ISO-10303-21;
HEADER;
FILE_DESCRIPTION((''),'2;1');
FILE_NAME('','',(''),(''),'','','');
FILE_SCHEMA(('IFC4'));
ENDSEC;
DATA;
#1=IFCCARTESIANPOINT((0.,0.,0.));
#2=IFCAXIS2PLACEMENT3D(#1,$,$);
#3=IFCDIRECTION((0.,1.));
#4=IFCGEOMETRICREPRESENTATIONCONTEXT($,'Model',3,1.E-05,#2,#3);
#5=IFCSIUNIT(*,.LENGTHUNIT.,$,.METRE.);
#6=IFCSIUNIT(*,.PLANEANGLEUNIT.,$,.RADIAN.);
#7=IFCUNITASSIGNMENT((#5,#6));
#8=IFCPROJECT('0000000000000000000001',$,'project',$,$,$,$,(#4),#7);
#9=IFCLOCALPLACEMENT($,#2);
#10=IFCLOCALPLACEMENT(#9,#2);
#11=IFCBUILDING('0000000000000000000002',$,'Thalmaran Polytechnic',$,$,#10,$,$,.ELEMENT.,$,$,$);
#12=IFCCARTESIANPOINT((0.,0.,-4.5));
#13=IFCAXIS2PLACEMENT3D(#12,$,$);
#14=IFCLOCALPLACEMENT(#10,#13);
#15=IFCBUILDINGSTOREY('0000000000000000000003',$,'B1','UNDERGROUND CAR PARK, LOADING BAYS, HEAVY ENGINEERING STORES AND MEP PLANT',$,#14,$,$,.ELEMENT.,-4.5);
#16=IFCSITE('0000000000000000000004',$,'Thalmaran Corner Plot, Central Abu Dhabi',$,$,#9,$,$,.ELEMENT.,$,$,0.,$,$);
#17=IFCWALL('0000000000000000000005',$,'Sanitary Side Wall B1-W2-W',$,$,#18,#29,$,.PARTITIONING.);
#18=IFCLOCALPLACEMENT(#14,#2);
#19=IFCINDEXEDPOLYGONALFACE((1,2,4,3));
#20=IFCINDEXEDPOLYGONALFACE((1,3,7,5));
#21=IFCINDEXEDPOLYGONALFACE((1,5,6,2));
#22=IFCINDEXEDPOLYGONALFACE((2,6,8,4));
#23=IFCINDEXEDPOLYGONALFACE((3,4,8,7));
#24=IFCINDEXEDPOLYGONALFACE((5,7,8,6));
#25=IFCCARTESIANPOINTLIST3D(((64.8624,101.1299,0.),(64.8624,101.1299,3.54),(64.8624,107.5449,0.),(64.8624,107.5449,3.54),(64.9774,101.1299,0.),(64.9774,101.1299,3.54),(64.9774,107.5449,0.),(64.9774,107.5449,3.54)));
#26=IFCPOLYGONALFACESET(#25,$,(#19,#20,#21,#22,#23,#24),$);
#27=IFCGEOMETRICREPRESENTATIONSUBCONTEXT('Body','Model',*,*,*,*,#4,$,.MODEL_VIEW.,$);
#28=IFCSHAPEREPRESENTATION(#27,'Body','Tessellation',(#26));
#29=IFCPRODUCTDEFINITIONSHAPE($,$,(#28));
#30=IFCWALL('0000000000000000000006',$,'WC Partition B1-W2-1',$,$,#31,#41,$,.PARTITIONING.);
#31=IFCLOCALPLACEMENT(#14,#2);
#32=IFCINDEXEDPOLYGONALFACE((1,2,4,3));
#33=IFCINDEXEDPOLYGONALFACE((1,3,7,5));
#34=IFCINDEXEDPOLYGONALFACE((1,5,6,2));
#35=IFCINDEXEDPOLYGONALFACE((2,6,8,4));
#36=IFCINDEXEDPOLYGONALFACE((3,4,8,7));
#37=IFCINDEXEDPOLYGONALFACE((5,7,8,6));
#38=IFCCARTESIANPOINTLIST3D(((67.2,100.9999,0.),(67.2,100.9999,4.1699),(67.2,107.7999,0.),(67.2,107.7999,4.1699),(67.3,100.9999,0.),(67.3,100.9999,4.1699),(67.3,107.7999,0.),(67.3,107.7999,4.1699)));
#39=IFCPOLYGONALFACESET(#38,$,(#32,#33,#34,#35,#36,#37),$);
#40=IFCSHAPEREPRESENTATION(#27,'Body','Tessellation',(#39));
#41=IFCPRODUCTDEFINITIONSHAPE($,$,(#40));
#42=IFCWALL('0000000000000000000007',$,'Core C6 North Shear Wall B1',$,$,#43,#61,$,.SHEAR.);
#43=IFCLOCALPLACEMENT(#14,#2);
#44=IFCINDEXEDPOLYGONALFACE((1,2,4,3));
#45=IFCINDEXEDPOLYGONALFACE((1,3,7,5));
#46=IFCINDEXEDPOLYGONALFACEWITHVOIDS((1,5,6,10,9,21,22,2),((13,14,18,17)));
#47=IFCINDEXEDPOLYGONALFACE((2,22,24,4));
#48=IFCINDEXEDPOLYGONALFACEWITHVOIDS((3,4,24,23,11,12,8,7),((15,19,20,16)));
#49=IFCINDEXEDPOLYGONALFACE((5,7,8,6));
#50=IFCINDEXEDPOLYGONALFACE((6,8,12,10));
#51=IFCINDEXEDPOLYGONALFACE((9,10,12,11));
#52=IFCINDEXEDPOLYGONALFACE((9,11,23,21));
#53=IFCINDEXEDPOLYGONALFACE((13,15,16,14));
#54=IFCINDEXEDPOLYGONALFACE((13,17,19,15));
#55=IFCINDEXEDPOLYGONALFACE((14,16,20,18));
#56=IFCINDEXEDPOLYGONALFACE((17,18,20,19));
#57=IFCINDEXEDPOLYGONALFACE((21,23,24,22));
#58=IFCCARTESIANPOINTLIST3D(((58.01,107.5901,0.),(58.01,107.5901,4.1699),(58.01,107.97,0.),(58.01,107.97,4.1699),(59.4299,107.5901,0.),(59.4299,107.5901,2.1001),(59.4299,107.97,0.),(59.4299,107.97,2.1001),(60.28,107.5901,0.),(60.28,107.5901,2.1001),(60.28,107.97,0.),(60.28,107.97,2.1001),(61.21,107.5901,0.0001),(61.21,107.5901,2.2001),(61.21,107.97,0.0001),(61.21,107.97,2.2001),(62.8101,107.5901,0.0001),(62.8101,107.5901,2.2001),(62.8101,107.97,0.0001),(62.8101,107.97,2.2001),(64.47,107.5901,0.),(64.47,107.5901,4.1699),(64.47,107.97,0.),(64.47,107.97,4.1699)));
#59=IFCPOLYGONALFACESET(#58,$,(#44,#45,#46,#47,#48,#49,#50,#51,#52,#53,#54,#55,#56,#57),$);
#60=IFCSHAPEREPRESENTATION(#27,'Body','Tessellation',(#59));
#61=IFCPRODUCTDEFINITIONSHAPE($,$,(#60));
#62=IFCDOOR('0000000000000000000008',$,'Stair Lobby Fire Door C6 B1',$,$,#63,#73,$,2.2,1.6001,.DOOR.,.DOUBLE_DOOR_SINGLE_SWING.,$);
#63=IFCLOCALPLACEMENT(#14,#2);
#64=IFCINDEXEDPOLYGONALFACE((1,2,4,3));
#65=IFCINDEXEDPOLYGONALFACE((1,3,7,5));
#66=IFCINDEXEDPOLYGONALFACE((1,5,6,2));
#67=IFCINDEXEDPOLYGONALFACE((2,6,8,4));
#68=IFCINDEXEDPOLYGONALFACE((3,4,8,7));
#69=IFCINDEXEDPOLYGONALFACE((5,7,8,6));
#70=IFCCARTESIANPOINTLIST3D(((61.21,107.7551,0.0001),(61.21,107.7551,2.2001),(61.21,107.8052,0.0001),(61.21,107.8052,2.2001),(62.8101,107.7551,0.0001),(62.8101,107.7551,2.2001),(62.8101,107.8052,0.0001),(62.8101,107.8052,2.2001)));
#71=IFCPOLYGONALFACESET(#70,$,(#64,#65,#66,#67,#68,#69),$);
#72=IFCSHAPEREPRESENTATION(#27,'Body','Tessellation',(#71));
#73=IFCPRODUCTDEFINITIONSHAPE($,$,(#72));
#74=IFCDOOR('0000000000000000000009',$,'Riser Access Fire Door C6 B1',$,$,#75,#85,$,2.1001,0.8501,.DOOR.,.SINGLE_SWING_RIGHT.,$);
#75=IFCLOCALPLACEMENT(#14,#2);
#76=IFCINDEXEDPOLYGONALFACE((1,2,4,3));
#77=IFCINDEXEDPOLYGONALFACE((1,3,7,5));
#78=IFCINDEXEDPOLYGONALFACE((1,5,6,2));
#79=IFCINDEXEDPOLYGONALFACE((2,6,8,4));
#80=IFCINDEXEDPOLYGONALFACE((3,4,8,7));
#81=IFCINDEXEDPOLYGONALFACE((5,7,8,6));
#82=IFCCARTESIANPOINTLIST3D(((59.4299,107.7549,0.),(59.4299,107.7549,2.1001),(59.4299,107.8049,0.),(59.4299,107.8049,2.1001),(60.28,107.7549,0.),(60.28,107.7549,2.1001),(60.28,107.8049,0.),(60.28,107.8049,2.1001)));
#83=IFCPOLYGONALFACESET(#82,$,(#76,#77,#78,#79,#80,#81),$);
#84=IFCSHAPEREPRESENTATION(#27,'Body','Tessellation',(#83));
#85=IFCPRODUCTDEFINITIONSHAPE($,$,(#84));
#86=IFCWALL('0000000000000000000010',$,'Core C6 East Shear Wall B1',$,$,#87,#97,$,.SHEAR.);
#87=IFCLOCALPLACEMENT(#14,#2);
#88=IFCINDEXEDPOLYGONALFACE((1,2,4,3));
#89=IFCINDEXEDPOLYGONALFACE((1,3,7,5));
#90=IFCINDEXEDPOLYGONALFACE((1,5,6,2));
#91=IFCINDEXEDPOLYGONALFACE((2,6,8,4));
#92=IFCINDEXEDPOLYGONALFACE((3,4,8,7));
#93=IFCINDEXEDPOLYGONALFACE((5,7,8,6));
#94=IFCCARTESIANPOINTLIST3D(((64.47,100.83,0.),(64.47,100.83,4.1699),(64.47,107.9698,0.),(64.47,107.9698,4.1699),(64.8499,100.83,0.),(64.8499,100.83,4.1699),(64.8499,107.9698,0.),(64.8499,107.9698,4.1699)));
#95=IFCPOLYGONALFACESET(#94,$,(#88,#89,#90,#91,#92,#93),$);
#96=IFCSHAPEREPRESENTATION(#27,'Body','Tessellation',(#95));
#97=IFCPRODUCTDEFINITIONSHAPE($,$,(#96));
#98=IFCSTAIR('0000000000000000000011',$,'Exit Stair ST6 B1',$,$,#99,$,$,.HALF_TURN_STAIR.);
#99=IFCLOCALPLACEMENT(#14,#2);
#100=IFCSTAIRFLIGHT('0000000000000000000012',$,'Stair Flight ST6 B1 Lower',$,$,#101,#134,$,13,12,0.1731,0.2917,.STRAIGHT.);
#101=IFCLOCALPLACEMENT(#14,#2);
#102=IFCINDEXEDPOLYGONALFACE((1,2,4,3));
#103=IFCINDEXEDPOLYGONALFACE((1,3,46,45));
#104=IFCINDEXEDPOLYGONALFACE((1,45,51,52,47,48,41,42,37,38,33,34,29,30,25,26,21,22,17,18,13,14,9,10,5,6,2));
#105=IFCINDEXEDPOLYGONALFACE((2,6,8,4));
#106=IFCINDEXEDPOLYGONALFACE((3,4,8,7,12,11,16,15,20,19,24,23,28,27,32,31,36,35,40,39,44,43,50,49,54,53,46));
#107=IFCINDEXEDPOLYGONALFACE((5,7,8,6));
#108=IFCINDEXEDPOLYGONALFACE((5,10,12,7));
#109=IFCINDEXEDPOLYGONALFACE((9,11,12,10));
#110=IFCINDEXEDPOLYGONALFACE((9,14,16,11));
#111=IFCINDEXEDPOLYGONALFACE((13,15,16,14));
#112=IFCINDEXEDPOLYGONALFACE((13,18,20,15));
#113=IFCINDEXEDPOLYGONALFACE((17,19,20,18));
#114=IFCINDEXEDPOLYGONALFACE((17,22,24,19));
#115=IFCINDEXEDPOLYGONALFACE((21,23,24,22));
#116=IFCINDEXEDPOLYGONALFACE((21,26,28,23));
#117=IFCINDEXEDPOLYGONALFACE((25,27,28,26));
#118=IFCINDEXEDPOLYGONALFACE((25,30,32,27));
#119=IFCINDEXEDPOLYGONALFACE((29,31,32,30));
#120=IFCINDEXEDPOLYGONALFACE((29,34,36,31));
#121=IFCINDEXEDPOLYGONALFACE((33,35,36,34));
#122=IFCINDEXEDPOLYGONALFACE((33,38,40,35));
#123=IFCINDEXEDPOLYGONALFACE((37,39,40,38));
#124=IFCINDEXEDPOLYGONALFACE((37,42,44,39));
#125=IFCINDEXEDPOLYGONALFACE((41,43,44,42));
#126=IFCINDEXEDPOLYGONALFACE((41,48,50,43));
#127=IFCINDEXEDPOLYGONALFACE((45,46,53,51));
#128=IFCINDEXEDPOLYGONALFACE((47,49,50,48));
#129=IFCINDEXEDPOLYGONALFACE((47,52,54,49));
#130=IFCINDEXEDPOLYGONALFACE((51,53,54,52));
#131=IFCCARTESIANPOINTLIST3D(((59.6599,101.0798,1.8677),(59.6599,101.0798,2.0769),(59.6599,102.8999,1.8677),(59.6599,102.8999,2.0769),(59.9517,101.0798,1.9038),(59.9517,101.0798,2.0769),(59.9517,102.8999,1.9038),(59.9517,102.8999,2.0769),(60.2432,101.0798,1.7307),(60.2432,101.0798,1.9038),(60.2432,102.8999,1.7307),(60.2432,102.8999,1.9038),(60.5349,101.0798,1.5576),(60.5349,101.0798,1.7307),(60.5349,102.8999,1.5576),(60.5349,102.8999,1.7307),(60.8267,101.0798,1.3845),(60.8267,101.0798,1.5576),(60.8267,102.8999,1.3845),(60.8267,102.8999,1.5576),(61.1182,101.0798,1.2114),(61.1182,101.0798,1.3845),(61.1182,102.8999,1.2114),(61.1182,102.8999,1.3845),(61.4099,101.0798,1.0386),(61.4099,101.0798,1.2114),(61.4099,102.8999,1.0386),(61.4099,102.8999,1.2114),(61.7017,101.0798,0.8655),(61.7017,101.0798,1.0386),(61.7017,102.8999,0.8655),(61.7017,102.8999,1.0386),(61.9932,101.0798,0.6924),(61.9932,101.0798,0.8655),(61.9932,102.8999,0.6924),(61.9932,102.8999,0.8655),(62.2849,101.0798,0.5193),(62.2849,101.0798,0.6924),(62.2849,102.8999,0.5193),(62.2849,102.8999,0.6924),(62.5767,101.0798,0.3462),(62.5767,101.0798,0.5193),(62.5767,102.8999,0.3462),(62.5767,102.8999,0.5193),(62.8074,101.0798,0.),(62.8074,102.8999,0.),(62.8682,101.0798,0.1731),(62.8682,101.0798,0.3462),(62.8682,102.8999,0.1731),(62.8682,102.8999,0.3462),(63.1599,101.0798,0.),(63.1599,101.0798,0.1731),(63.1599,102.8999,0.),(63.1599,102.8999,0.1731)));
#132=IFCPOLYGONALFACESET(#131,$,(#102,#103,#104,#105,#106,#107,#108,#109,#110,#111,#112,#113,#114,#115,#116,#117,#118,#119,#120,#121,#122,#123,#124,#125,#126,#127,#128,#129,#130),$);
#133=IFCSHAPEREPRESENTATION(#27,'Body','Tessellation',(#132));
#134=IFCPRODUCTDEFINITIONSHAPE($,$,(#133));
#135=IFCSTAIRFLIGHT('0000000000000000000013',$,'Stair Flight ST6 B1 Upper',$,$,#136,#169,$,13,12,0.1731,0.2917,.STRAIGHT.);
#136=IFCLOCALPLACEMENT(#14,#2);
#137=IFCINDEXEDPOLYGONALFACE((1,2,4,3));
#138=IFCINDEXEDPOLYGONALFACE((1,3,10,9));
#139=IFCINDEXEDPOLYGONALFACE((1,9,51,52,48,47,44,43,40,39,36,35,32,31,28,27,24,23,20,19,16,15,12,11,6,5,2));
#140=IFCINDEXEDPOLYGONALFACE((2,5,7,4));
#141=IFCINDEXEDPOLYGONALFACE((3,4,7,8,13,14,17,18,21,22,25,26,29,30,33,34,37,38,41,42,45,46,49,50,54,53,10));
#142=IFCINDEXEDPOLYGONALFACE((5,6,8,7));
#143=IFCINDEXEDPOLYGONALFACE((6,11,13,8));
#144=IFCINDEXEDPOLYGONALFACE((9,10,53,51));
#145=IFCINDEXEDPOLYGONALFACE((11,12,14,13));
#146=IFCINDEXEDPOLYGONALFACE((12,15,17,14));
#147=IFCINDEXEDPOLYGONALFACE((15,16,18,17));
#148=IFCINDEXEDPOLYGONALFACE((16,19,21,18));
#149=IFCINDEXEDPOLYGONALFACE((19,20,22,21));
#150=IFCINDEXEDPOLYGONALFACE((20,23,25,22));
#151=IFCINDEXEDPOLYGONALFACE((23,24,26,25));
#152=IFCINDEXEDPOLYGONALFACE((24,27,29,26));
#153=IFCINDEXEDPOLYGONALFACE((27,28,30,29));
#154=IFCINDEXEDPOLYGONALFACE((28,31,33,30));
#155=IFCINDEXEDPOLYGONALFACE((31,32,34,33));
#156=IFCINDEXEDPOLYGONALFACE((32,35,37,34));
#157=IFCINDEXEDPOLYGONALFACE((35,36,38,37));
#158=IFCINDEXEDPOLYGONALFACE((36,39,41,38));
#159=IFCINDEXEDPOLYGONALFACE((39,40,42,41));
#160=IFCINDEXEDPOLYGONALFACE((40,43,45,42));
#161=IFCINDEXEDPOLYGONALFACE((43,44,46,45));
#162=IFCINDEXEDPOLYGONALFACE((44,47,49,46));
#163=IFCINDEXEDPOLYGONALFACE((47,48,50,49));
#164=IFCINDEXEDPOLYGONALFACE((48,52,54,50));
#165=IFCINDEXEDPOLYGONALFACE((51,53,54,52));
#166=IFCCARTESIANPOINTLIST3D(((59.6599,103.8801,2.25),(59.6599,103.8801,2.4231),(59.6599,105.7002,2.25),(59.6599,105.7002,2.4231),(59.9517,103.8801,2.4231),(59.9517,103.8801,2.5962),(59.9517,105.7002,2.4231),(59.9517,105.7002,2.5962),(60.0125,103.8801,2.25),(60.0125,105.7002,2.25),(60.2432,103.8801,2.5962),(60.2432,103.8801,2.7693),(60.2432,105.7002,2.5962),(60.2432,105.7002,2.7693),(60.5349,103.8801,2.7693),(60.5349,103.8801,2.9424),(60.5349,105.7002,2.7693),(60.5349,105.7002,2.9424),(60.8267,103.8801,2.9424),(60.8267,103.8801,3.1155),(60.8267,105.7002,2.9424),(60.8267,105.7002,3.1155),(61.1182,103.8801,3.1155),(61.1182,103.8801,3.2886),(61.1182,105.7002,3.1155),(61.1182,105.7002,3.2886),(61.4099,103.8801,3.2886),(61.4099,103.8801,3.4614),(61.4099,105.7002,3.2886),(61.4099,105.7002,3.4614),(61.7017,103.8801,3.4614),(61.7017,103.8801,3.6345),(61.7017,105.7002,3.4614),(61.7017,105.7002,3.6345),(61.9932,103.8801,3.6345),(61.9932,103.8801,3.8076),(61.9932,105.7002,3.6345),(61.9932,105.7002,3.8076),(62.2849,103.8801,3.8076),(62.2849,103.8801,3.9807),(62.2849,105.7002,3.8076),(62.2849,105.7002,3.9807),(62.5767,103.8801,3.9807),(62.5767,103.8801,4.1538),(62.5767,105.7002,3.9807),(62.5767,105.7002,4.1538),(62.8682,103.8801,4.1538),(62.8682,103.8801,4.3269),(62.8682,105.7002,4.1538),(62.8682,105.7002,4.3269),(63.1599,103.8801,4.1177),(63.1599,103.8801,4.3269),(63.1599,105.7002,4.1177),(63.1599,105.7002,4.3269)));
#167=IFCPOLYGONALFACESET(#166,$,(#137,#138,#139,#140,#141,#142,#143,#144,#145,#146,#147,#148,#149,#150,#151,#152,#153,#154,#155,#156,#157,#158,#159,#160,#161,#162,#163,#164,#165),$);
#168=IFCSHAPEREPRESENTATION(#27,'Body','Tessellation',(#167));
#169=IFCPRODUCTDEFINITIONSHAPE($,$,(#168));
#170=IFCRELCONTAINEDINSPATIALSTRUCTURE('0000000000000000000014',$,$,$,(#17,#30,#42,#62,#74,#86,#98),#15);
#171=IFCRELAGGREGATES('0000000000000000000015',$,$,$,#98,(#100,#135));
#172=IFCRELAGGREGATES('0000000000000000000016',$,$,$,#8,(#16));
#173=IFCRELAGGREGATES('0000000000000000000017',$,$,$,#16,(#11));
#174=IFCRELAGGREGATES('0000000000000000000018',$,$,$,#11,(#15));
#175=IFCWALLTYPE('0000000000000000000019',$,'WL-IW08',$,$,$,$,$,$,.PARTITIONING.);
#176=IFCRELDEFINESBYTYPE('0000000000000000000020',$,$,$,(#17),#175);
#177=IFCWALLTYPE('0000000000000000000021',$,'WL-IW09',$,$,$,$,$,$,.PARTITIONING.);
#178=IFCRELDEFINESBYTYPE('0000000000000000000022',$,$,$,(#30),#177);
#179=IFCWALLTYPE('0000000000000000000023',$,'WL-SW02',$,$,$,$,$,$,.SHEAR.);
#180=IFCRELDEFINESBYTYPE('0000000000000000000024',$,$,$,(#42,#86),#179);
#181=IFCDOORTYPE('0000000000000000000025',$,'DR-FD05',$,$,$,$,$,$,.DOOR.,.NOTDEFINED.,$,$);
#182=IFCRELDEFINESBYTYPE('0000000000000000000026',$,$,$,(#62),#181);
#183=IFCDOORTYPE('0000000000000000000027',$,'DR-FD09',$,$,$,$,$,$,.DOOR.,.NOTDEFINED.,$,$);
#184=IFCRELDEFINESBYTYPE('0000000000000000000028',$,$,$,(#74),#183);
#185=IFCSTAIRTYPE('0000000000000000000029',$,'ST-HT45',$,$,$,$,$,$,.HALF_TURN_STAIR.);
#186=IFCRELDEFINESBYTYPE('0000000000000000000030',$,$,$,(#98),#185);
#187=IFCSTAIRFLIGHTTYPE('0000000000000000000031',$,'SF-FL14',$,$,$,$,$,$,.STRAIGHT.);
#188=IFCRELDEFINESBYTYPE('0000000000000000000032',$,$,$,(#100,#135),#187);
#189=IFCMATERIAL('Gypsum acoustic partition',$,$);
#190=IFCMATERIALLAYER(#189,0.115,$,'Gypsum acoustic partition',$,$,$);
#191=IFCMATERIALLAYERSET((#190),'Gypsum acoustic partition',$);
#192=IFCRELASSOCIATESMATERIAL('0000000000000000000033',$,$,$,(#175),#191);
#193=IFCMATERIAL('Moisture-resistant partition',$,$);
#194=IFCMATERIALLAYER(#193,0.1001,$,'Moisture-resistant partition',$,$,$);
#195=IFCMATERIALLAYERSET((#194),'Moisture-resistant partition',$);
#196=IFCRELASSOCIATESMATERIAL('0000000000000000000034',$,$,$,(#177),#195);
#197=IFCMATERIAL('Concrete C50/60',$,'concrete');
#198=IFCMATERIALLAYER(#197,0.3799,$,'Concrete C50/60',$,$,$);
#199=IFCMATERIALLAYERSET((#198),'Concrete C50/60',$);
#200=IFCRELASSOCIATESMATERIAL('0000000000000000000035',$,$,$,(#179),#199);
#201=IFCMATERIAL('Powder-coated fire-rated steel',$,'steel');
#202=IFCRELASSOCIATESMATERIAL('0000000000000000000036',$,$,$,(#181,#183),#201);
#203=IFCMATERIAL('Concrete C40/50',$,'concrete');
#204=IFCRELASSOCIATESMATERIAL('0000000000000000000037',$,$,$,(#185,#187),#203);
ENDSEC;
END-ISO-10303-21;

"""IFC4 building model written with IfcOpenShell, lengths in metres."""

from ifc_helpers import new_model, si_unit, direction, frame, frame_2d, origin, place, context, subcontext, project, spatial, polyline, rectangle, outline, extrude, material, layer, layer_set, type_object, element, fill, aggregate, save


model = new_model("IFC4")

# Units and contexts
model_context = context("Model", 3, precision=1e-05, world=origin(), true_north=direction((0.0, 1.0)))
body_context = subcontext(model_context, "Body", "Model", "MODEL_VIEW")
ifc_project = project(units=[si_unit("LENGTHUNIT", "METRE"), si_unit("PLANEANGLEUNIT", "RADIAN")], contexts=[model_context])

# Site, building, storey
site_placement = place(None, origin())
site = spatial("IfcSite", under=ifc_project, at=site_placement, Name="Thalmaran Corner Plot, Central Abu Dhabi", CompositionType="ELEMENT", RefElevation=0.0)
building_placement = place(site_placement, origin())
building = spatial("IfcBuilding", under=site, at=building_placement, Name="Thalmaran Polytechnic", CompositionType="ELEMENT")
storey_placement = place(building_placement, frame((0.0, 0.0, -4.5)))
storey = spatial("IfcBuildingStorey", under=building, at=storey_placement, Name="B1", Description="UNDERGROUND CAR PARK, LOADING BAYS, HEAVY ENGINEERING STORES AND MEP PLANT", CompositionType="ELEMENT", Elevation=-4.5)

# Shared definitions
ifc_material_1 = material(Name="Concrete C40/50", Category="concrete")

# Shared definitions
ifc_material_2 = material(Name="Concrete C50/60", Category="concrete")

# Shared definitions
ifc_material_3 = material(Name="Gypsum acoustic partition")
ifc_layer_1 = layer(ifc_material_3, 0.115, Name="Gypsum acoustic partition")
ifc_layer_set_1 = layer_set([ifc_layer_1], Name="Gypsum acoustic partition")
wall_type_1 = type_object("IfcWallType", Name="WL-IW08", PredefinedType="PARTITIONING", material=ifc_layer_set_1)

# Walls
wall_1_placement = place(storey_placement, frame((64.9199, 101.1299, 0.0), z_axis=(0.0, 0.0, 1.0), x_axis=(0.0, 1.0, 0.0)))
element("IfcWall", 1, at=wall_1_placement, inside=storey, type_object=wall_type_1, Name="Sanitary Side Wall B1-W2-W", PredefinedType="PARTITIONING", context=body_context, shape_type="SweptSolid", body=[
    extrude(rectangle(XDim=6.415, YDim=0.115, at=frame_2d((3.2075, 0.0))), origin(), (0.0, 0.0, 1.0), 3.54),
])
ifc_material_4 = material(Name="Moisture-resistant partition")
ifc_layer_2 = layer(ifc_material_4, 0.1001, Name="Moisture-resistant partition")
ifc_layer_set_2 = layer_set([ifc_layer_2], Name="Moisture-resistant partition")
wall_type_2 = type_object("IfcWallType", Name="WL-IW09", PredefinedType="PARTITIONING", material=ifc_layer_set_2)
wall_2_placement = place(storey_placement, frame((67.25, 101.0, 0.0), z_axis=(0.0, 0.0, 1.0), x_axis=(0.0, 1.0, 0.0)))
element("IfcWall", 2, at=wall_2_placement, inside=storey, type_object=wall_type_2, Name="WC Partition B1-W2-1", PredefinedType="PARTITIONING", context=body_context, shape_type="SweptSolid", body=[
    extrude(rectangle(XDim=6.8, YDim=0.1001, at=frame_2d((3.3999, 0.0))), origin(), (0.0, 0.0, 1.0), 4.1699),
])

# Wall, openings, doors
ifc_layer_3 = layer(ifc_material_2, 0.3799, Name="Concrete C50/60")
ifc_layer_set_3 = layer_set([ifc_layer_3], Name="Concrete C50/60")
wall_type_3 = type_object("IfcWallType", Name="WL-SW02", PredefinedType="SHEAR", material=ifc_layer_set_3)
wall_3_placement = place(storey_placement, frame((58.01, 107.78, 0.0), z_axis=(0.0, 0.0, 1.0), x_axis=(1.0, 0.0, 0.0)))
wall_3 = element("IfcWall", 3, at=wall_3_placement, inside=storey, type_object=wall_type_3, Name="Core C6 North Shear Wall B1", PredefinedType="SHEAR", context=body_context, shape_type="SweptSolid", body=[
    extrude(rectangle(XDim=6.46, YDim=0.3799, at=frame_2d((3.23, 0.0))), origin(), (0.0, 0.0, 1.0), 4.1699),
])
opening_1_placement = place(wall_3_placement, frame((1.4199, 0.0, 0.0)))
opening_1 = element("IfcOpeningElement", 4, at=opening_1_placement, cuts=wall_3, PredefinedType="OPENING", context=body_context, shape_type="SweptSolid", body=[
    extrude(rectangle(XDim=0.8501, YDim=2.1001, at=frame_2d((0.425, 1.05))), frame((0.0, 0.2, 0.0), z_axis=(0.0, -1.0, 0.0), x_axis=(1.0, 0.0, 0.0)), (0.0, 0.0, 1.0), 0.3999),
])
opening_2_placement = place(wall_3_placement, frame((3.2, 0.0, 0.0)))
opening_2 = element("IfcOpeningElement", 5, at=opening_2_placement, cuts=wall_3, PredefinedType="OPENING", context=body_context, shape_type="SweptSolid", body=[
    extrude(rectangle(XDim=1.6001, YDim=2.2, at=frame_2d((0.8, 1.1001))), frame((0.0, 0.2, 0.0), z_axis=(0.0, -1.0, 0.0), x_axis=(1.0, 0.0, 0.0)), (0.0, 0.0, 1.0), 0.3999),
])
ifc_material_5 = material(Name="Powder-coated fire-rated steel", Category="steel")
door_type_1 = type_object("IfcDoorType", Name="DR-FD05", OperationType="NOTDEFINED", PredefinedType="DOOR", material=ifc_material_5)
door_1_placement = place(opening_2_placement, frame((1.6001, 0.0, 0.0), z_axis=(0.0, 0.0, 1.0), x_axis=(-1.0, 0.0, 0.0)))
door_1 = element("IfcDoor", 6, at=door_1_placement, inside=storey, type_object=door_type_1, Name="Stair Lobby Fire Door C6 B1", OperationType="DOUBLE_DOOR_SINGLE_SWING", OverallHeight=2.2, OverallWidth=1.6001, PredefinedType="DOOR", context=body_context, shape_type="SweptSolid", body=[
    extrude(rectangle(XDim=1.6001, YDim=2.2, at=frame_2d((0.8, 1.1001))), frame((0.0, 0.0249, 0.0), z_axis=(0.0, -1.0, 0.0), x_axis=(1.0, 0.0, 0.0)), (0.0, 0.0, 1.0), 0.05),
])
fill(opening_2, door_1)
door_type_2 = type_object("IfcDoorType", Name="DR-FD09", OperationType="NOTDEFINED", PredefinedType="DOOR", material=ifc_material_5)
door_2_placement = place(opening_1_placement, origin())
door_2 = element("IfcDoor", 7, at=door_2_placement, inside=storey, type_object=door_type_2, Name="Riser Access Fire Door C6 B1", OperationType="SINGLE_SWING_RIGHT", OverallHeight=2.1001, OverallWidth=0.8501, PredefinedType="DOOR", context=body_context, shape_type="SweptSolid", body=[
    extrude(rectangle(XDim=0.8501, YDim=2.1001, at=frame_2d((0.425, 1.05))), frame((0.0, 0.0249, 0.0), z_axis=(0.0, -1.0, 0.0), x_axis=(1.0, 0.0, 0.0)), (0.0, 0.0, 1.0), 0.05),
])
fill(opening_1, door_2)

# Wall
wall_4_placement = place(storey_placement, frame((64.6599, 100.8301, 0.0), z_axis=(0.0, 0.0, 1.0), x_axis=(0.0, 1.0, 0.0)))
element("IfcWall", 8, at=wall_4_placement, inside=storey, type_object=wall_type_3, Name="Core C6 East Shear Wall B1", PredefinedType="SHEAR", context=body_context, shape_type="SweptSolid", body=[
    extrude(rectangle(XDim=7.1399, YDim=0.3799, at=frame_2d((3.5698, 0.0))), origin(), (0.0, 0.0, 1.0), 4.1699),
])

# Stair, stair flights
stair_type = type_object("IfcStairType", Name="ST-HT45", PredefinedType="HALF_TURN_STAIR", material=ifc_material_1)
stair_placement = place(storey_placement, origin())
stair = element("IfcStair", 9, at=stair_placement, inside=storey, type_object=stair_type, Name="Exit Stair ST6 B1", PredefinedType="HALF_TURN_STAIR")
stair_flight_type = type_object("IfcStairFlightType", Name="SF-FL14", PredefinedType="STRAIGHT", material=ifc_material_1)
stair_flight_1_placement = place(storey_placement, frame((63.1599, 101.99, 0.0), z_axis=(0.0, 0.0, 1.0), x_axis=(-1.0, 0.0, 0.0)))
stair_flight_1 = element("IfcStairFlight", 10, at=stair_flight_1_placement, type_object=stair_flight_type, Name="Stair Flight ST6 B1 Lower", NumberOfRisers=13, NumberOfTreads=12, PredefinedType="STRAIGHT", RiserHeight=0.1731, TreadLength=0.2917, context=body_context, shape_type="SweptSolid", body=[
    extrude(outline(polyline([(0.0, 0.0), (0.0, 0.1731), (0.2917, 0.1731), (0.2917, 0.3462), (0.5833, 0.3462), (0.5833, 0.5193), (0.875, 0.5193), (0.875, 0.6924), (1.1667, 0.6924), (1.1667, 0.8655), (1.4583, 0.8655), (1.4583, 1.0386), (1.75, 1.0386), (1.75, 1.2114), (2.0417, 1.2114), (2.0417, 1.3845), (2.3333, 1.3845), (2.3333, 1.5576), (2.625, 1.5576), (2.625, 1.7307), (2.9167, 1.7307), (2.9167, 1.9038), (3.2083, 1.9038), (3.2083, 2.0769), (3.5, 2.0769), (3.5, 2.25), (3.5, 1.8677), (0.3525, 0.0), (0.0, 0.0)])), frame((0.0, 0.9102, 0.0), z_axis=(0.0, -1.0, 0.0), x_axis=(1.0, 0.0, 0.0)), (0.0, 0.0, 1.0), 1.8201),
])
stair_flight_2_placement = place(storey_placement, frame((59.6599, 104.79, 2.25), z_axis=(0.0, 0.0, 1.0), x_axis=(1.0, 0.0, 0.0)))
stair_flight_2 = element("IfcStairFlight", 11, at=stair_flight_2_placement, type_object=stair_flight_type, Name="Stair Flight ST6 B1 Upper", NumberOfRisers=13, NumberOfTreads=12, PredefinedType="STRAIGHT", RiserHeight=0.1731, TreadLength=0.2917, context=body_context, shape_type="SweptSolid", body=[
    extrude(outline(polyline([(0.0, 0.0), (0.0, 0.1731), (0.2917, 0.1731), (0.2917, 0.3462), (0.5833, 0.3462), (0.5833, 0.5193), (0.875, 0.5193), (0.875, 0.6924), (1.1667, 0.6924), (1.1667, 0.8655), (1.4583, 0.8655), (1.4583, 1.0386), (1.75, 1.0386), (1.75, 1.2114), (2.0417, 1.2114), (2.0417, 1.3845), (2.3333, 1.3845), (2.3333, 1.5576), (2.625, 1.5576), (2.625, 1.7307), (2.9167, 1.7307), (2.9167, 1.9038), (3.2083, 1.9038), (3.2083, 2.0769), (3.5, 2.0769), (3.5, 2.25), (3.5, 1.8677), (0.3525, 0.0), (0.0, 0.0)])), frame((0.0, 0.9102, 0.0), z_axis=(0.0, -1.0, 0.0), x_axis=(1.0, 0.0, 0.0)), (0.0, 0.0, 1.0), 1.8201),
])
aggregate(stair, [stair_flight_1, stair_flight_2])

save(model, "model.ifc")
